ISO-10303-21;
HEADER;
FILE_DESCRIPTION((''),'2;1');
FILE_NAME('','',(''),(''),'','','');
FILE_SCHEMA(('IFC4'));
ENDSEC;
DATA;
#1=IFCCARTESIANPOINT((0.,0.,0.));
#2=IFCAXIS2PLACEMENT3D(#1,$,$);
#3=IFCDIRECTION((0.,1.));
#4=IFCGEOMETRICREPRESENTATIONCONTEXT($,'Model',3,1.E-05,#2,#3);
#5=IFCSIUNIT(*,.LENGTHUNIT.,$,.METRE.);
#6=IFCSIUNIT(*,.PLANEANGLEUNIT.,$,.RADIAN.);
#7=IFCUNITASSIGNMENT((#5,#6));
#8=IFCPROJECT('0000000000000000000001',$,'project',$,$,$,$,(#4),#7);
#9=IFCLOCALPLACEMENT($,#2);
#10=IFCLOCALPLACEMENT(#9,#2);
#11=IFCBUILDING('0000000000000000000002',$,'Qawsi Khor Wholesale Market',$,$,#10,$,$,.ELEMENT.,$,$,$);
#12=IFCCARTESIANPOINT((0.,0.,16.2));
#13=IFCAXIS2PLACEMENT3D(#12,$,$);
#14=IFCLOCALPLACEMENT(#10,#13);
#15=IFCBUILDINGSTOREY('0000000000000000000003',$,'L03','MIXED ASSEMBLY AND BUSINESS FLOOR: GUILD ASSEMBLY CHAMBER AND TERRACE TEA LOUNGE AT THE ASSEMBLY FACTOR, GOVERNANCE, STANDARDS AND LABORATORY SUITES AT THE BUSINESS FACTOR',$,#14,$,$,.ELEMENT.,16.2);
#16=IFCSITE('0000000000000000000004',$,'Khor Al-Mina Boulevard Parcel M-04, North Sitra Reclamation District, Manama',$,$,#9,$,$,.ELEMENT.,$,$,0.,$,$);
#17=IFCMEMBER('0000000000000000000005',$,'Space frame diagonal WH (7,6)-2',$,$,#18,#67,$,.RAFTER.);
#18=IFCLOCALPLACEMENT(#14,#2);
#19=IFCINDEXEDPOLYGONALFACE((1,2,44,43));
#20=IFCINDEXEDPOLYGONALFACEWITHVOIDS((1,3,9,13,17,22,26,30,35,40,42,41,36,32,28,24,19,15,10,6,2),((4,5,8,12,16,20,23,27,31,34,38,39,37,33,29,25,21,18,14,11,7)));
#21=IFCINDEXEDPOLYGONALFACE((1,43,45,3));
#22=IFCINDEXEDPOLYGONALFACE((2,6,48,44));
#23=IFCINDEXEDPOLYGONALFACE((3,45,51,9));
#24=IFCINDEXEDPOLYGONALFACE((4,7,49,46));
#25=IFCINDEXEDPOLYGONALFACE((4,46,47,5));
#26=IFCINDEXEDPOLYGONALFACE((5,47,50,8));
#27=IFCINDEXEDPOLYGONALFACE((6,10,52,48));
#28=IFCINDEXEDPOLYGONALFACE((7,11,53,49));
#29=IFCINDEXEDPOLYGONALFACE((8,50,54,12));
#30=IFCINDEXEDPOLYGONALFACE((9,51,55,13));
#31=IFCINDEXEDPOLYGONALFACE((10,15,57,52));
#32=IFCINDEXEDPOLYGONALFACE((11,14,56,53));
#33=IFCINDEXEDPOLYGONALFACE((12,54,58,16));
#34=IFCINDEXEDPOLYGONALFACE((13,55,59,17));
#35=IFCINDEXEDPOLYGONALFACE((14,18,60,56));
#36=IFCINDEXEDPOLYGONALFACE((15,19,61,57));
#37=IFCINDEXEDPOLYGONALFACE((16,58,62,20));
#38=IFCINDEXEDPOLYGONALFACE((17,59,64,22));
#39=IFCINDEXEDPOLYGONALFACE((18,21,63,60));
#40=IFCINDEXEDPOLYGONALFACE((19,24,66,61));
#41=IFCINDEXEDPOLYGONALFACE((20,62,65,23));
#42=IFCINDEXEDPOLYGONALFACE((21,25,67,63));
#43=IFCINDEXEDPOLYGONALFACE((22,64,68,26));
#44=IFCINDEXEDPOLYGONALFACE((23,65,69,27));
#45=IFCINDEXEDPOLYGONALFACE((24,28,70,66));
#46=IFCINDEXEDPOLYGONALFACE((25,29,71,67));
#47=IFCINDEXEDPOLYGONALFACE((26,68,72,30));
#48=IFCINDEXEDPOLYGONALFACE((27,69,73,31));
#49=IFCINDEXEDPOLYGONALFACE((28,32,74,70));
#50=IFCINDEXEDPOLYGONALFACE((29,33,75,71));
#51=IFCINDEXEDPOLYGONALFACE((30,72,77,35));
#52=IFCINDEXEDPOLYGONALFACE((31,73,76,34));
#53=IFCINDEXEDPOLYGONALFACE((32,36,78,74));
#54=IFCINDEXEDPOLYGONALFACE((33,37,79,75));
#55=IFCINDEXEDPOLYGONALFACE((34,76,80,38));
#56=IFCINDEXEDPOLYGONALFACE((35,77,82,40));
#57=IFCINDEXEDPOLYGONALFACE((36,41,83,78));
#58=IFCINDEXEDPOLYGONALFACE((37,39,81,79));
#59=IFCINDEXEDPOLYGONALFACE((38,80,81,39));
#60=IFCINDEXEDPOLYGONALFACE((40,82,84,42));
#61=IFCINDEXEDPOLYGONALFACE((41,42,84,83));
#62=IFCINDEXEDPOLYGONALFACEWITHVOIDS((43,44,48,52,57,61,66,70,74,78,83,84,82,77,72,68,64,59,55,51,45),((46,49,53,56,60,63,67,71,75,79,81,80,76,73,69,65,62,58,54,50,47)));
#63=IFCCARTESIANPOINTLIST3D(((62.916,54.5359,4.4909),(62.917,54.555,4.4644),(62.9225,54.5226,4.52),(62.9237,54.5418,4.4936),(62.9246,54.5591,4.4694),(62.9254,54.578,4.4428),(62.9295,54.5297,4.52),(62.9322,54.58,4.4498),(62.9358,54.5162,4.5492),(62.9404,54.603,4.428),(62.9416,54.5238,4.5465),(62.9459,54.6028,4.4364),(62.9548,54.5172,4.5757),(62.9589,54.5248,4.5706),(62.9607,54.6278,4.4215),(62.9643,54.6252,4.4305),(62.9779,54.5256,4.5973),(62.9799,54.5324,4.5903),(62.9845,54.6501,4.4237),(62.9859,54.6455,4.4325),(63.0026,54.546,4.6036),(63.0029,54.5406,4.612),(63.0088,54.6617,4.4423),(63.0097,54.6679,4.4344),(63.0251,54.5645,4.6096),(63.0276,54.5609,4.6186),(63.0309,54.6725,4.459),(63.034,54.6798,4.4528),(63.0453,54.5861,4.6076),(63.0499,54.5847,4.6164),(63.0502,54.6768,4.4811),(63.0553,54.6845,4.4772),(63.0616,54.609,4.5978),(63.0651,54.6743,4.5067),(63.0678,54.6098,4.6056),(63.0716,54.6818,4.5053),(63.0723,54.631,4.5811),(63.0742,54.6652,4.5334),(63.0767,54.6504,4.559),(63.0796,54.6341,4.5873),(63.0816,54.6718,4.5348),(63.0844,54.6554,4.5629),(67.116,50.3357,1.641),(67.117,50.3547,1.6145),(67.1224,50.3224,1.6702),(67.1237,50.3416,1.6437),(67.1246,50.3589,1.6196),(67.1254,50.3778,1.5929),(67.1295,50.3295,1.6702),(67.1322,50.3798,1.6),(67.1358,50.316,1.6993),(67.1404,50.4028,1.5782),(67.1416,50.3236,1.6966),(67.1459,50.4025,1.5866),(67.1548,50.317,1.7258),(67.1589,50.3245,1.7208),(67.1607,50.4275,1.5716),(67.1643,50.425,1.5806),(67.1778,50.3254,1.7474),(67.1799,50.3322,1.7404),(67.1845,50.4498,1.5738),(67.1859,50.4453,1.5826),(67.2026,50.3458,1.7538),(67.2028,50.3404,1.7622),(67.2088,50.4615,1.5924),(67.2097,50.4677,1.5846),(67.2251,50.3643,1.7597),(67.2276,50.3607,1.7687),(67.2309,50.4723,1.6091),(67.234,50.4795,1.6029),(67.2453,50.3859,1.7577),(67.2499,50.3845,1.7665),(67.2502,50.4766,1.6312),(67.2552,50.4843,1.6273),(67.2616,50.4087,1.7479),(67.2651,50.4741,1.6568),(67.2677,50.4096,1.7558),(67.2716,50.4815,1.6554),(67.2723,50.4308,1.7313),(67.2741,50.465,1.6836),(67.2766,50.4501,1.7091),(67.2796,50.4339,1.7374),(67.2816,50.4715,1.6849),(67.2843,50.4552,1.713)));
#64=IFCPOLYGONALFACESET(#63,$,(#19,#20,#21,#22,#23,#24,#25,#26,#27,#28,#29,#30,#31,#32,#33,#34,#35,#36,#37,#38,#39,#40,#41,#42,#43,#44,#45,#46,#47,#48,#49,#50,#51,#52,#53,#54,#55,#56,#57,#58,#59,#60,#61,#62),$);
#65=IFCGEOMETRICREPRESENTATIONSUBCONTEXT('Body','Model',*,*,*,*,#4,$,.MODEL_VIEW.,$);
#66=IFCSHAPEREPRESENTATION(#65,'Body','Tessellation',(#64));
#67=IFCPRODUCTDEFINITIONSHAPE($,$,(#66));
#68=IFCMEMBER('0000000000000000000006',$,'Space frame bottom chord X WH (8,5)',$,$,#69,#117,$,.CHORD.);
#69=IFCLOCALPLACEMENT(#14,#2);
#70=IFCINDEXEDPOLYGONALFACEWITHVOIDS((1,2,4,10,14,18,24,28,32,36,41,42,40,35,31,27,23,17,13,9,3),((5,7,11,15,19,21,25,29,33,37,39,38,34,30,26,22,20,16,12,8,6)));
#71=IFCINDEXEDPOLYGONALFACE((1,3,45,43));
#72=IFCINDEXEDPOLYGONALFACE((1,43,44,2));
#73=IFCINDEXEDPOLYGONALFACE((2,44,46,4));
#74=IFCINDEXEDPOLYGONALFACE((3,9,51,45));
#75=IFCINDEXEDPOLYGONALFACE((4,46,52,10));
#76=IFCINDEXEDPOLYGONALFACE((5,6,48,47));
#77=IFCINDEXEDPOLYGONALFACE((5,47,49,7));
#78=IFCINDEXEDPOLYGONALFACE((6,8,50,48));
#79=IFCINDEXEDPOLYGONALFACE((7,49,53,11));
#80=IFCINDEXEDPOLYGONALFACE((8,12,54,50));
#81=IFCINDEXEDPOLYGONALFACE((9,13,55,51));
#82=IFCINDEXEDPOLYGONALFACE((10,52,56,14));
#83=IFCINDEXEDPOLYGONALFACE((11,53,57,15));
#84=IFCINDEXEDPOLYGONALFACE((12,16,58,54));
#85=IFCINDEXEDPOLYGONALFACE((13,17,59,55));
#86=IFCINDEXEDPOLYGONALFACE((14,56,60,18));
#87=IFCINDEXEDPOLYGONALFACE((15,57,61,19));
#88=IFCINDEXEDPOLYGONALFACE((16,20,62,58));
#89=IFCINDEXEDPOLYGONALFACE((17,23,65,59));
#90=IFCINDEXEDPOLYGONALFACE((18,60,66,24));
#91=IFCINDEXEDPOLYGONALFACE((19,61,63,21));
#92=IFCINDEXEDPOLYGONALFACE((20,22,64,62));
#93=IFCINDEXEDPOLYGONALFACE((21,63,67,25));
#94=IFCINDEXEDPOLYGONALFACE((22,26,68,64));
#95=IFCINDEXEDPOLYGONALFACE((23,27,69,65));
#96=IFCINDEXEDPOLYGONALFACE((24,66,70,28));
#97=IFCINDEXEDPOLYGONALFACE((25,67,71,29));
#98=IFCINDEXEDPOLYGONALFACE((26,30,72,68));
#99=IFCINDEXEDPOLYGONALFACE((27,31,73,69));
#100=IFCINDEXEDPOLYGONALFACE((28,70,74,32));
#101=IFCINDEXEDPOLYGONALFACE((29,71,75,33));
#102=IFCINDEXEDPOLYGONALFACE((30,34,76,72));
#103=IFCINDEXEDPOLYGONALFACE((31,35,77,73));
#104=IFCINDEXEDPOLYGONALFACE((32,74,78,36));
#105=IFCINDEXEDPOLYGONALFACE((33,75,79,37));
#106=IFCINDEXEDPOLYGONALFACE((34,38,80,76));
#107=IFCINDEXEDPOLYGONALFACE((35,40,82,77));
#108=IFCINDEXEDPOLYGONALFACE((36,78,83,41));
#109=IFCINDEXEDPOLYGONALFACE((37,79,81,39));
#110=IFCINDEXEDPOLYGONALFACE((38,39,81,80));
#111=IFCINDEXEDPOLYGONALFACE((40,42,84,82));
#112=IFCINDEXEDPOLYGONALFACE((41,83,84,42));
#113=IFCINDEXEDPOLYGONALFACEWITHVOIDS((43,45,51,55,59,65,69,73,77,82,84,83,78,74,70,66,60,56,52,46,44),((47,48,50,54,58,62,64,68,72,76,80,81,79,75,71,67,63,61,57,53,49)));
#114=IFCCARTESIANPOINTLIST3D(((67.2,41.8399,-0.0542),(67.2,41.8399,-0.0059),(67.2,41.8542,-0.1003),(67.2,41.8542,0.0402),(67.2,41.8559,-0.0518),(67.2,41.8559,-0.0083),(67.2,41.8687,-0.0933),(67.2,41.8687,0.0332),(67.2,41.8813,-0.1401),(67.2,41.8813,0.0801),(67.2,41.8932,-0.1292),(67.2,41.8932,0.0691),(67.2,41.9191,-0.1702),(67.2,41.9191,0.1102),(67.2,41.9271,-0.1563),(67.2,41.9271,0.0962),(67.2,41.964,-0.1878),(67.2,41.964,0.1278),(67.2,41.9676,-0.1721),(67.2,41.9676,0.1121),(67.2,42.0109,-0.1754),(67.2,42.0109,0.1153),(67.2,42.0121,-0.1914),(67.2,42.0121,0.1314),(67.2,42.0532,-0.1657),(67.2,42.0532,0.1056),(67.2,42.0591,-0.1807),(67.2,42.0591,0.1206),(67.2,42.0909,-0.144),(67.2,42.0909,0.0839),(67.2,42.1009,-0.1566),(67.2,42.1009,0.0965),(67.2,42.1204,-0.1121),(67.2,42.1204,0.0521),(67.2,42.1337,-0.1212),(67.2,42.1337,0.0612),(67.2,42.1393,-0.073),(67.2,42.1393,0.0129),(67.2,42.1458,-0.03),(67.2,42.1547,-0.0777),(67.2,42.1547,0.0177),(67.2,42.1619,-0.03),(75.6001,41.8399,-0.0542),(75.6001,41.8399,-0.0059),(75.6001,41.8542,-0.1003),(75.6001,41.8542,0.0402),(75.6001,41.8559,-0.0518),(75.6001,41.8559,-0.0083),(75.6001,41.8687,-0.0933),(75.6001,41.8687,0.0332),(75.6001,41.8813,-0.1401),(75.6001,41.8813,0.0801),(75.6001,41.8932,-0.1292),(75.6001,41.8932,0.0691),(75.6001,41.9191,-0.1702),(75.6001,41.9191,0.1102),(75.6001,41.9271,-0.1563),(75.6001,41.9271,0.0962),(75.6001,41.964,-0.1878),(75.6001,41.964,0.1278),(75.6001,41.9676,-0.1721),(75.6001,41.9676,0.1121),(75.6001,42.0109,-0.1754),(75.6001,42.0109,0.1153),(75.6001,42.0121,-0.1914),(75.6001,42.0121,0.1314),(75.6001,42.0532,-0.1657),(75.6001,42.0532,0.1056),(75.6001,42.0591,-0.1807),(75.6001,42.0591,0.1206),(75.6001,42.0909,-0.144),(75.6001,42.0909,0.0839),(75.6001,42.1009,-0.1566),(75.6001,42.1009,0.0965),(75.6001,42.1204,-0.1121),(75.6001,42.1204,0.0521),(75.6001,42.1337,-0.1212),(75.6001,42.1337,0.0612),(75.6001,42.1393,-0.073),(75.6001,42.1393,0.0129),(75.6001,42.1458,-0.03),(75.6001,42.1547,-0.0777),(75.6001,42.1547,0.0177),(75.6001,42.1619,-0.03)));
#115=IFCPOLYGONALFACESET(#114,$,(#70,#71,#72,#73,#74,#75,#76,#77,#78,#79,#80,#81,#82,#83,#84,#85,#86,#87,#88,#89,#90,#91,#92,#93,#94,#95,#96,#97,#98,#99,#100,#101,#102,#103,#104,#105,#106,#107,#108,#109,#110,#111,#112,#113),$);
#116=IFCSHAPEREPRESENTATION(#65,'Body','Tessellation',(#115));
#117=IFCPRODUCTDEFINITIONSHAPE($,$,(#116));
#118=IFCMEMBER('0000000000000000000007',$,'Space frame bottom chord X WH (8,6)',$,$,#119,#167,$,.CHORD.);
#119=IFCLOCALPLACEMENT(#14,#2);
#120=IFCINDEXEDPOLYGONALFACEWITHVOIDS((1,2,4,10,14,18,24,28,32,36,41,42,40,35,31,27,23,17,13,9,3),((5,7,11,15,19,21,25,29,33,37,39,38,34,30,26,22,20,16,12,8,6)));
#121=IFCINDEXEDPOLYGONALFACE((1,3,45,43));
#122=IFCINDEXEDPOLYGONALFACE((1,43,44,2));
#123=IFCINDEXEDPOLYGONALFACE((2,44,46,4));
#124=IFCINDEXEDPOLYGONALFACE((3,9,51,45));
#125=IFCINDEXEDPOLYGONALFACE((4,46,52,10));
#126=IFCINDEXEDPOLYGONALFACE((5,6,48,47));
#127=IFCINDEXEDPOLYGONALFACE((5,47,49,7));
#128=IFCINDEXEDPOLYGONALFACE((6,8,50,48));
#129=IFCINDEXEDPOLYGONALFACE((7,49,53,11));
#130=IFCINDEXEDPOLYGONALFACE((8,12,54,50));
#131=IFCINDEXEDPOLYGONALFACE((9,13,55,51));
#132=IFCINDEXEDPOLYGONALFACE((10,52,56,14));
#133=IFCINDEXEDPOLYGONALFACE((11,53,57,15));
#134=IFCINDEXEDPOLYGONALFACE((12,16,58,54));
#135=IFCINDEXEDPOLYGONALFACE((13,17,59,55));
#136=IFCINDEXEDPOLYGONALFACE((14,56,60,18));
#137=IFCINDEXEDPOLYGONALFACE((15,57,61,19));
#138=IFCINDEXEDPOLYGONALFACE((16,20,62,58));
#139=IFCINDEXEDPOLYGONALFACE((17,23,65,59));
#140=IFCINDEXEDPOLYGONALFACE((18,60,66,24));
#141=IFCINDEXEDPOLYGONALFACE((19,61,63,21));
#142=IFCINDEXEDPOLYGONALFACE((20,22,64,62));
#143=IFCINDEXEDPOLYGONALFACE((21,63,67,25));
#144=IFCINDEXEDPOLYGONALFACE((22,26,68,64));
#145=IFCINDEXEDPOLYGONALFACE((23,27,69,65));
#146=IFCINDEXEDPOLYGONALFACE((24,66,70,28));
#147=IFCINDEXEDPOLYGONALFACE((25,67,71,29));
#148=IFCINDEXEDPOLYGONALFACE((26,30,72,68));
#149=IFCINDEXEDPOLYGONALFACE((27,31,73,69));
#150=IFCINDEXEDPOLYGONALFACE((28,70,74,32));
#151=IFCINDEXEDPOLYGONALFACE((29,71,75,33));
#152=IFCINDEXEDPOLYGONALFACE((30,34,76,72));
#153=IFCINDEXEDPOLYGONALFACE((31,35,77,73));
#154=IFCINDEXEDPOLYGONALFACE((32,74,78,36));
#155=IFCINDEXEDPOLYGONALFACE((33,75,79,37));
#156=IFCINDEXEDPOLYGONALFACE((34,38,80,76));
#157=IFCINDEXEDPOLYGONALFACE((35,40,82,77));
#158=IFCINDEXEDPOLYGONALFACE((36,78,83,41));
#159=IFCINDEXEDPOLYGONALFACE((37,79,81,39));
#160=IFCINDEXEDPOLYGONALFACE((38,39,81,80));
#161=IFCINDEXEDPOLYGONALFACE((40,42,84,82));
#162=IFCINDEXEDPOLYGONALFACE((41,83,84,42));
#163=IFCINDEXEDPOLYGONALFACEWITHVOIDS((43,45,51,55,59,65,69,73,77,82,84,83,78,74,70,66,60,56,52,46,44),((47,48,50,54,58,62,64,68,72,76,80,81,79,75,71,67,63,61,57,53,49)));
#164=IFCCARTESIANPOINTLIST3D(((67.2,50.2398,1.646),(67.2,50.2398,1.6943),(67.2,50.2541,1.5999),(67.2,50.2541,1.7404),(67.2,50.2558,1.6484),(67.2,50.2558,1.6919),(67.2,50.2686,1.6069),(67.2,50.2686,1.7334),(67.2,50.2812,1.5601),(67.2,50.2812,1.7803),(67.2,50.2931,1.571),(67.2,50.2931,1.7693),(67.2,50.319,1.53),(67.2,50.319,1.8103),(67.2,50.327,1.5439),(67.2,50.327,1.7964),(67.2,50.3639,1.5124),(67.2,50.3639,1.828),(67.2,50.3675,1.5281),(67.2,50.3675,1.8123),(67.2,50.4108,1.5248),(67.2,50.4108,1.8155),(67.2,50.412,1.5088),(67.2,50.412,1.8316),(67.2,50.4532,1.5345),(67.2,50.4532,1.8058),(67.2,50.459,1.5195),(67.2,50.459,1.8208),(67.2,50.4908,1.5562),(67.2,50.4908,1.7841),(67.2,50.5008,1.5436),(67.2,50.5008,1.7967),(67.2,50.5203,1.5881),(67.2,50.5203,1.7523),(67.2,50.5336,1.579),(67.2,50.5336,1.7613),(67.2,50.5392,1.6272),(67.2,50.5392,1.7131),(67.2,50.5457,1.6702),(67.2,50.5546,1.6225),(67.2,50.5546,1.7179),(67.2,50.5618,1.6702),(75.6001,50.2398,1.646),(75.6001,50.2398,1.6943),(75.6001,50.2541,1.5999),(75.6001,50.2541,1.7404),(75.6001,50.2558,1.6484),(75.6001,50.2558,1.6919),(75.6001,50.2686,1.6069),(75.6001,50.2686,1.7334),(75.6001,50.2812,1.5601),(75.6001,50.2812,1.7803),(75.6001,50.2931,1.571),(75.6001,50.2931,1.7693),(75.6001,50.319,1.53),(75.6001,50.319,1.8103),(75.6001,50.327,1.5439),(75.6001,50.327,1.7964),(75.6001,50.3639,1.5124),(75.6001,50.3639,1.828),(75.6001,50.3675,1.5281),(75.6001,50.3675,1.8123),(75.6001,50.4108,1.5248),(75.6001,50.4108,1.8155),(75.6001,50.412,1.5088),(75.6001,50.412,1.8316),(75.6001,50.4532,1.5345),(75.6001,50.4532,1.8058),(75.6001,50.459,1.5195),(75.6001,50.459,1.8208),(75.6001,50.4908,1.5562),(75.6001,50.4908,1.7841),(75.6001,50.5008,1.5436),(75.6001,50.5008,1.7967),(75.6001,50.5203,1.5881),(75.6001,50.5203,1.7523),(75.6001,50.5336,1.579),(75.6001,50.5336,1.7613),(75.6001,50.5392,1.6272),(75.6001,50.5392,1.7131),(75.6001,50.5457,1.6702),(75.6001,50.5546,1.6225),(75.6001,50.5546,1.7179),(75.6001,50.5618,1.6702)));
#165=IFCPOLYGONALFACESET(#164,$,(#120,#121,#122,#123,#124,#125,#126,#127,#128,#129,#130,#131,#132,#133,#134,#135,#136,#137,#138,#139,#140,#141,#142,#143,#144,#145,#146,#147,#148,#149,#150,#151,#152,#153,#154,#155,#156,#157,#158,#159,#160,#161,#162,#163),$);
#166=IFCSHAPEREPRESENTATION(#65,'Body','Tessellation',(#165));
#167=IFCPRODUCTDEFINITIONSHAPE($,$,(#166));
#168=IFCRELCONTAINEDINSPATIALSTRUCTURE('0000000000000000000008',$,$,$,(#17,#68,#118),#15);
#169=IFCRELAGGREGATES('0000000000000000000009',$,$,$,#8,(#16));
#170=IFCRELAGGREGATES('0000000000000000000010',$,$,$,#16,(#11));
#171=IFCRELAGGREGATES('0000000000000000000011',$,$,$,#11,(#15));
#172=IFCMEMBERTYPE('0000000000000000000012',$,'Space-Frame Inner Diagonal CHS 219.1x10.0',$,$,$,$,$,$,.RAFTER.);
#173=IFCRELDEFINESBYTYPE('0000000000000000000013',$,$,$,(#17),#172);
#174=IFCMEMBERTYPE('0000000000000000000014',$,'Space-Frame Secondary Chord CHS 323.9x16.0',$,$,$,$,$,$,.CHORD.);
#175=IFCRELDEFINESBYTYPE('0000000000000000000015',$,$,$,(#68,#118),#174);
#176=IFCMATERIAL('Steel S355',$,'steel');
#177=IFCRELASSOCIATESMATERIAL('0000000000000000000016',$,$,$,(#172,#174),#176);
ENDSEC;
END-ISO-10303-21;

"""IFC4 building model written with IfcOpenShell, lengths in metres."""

from ifc_helpers import new_model, si_unit, direction, frame, origin, origin_2d, place, context, subcontext, project, spatial, hollow_circle, extrude, material, material_profile, profile_set, type_object, element, save


model = new_model("IFC4")

# Units and contexts
model_context = context("Model", 3, precision=1e-05, world=origin(), true_north=direction((0.0, 1.0)))
body_context = subcontext(model_context, "Body", "Model", "MODEL_VIEW")
ifc_project = project(units=[si_unit("LENGTHUNIT", "METRE"), si_unit("PLANEANGLEUNIT", "RADIAN")], contexts=[model_context])

# Site, building, storey
site_placement = place(None, origin())
site = spatial("IfcSite", under=ifc_project, at=site_placement, Name="Khor Al-Mina Boulevard Parcel M-04, North Sitra Reclamation District, Manama", CompositionType="ELEMENT", RefElevation=0.0)
building_placement = place(site_placement, origin())
building = spatial("IfcBuilding", under=site, at=building_placement, Name="Qawsi Khor Wholesale Market", CompositionType="ELEMENT")
storey_placement = place(building_placement, frame((0.0, 0.0, 16.2)))
storey = spatial("IfcBuildingStorey", under=building, at=storey_placement, Name="L03", Description="MIXED ASSEMBLY AND BUSINESS FLOOR: GUILD ASSEMBLY CHAMBER AND TERRACE TEA LOUNGE AT THE ASSEMBLY FACTOR, GOVERNANCE, STANDARDS AND LABORATORY SUITES AT THE BUSINESS FACTOR", CompositionType="ELEMENT", Elevation=16.2)

# Members
ifc_material_1 = material(Name="Steel S355", Category="steel")
ifc_material_profile_1 = material_profile(ifc_material_1, hollow_circle(Radius=0.1096, WallThickness=0.01, at=origin_2d()), Name="CHS 219.1x10.0")
ifc_profile_set_1 = profile_set([ifc_material_profile_1], Name="Steel S355")
member_type_1 = type_object("IfcMemberType", Name="Space-Frame Inner Diagonal CHS 219.1x10.0", PredefinedType="RAFTER", material=ifc_profile_set_1)
member_1_placement = place(storey_placement, frame((67.2, 50.3999, 1.6702), z_axis=(-0.637507, 0.637544, 0.432577), x_axis=(-0.707127, -0.707086, 0.0)))
element("IfcMember", 1, at=member_1_placement, inside=storey, type_object=member_type_1, Name="Space frame diagonal WH (7,6)-2", PredefinedType="RAFTER", context=body_context, shape_type="SweptSolid", body=[
    extrude(hollow_circle(Radius=0.1096, WallThickness=0.01, at=origin_2d()), origin(), (0.0, 0.0, 1.0), 6.5881),
])
ifc_material_profile_2 = material_profile(ifc_material_1, hollow_circle(Radius=0.1619, WallThickness=0.0161, at=origin_2d()), Name="CHS 323.9x16.0")
ifc_profile_set_2 = profile_set([ifc_material_profile_2], Name="Steel S355")
member_type_2 = type_object("IfcMemberType", Name="Space-Frame Secondary Chord CHS 323.9x16.0", PredefinedType="CHORD", material=ifc_profile_set_2)
for number, where, z_axis, x_axis, name in (
    (2, (67.2, 42.0, -0.03), (1.0, 0.0, 0.0), (0.0, 1.0, 0.0), "Space frame bottom chord X WH (8,5)"),
    (3, (67.2, 50.3999, 1.6702), (1.0, 0.0, 0.0), (0.0, 1.0, 0.0), "Space frame bottom chord X WH (8,6)"),
):
    element("IfcMember", number, at=place(storey_placement, frame(where, z_axis=z_axis, x_axis=x_axis)), inside=storey, type_object=member_type_2, Name=name, PredefinedType="CHORD", context=body_context, shape_type="SweptSolid", body=[
        extrude(hollow_circle(Radius=0.1619, WallThickness=0.0161, at=origin_2d()), origin(), (0.0, 0.0, 1.0), 8.4001),
    ])

save(model, "model.ifc")
